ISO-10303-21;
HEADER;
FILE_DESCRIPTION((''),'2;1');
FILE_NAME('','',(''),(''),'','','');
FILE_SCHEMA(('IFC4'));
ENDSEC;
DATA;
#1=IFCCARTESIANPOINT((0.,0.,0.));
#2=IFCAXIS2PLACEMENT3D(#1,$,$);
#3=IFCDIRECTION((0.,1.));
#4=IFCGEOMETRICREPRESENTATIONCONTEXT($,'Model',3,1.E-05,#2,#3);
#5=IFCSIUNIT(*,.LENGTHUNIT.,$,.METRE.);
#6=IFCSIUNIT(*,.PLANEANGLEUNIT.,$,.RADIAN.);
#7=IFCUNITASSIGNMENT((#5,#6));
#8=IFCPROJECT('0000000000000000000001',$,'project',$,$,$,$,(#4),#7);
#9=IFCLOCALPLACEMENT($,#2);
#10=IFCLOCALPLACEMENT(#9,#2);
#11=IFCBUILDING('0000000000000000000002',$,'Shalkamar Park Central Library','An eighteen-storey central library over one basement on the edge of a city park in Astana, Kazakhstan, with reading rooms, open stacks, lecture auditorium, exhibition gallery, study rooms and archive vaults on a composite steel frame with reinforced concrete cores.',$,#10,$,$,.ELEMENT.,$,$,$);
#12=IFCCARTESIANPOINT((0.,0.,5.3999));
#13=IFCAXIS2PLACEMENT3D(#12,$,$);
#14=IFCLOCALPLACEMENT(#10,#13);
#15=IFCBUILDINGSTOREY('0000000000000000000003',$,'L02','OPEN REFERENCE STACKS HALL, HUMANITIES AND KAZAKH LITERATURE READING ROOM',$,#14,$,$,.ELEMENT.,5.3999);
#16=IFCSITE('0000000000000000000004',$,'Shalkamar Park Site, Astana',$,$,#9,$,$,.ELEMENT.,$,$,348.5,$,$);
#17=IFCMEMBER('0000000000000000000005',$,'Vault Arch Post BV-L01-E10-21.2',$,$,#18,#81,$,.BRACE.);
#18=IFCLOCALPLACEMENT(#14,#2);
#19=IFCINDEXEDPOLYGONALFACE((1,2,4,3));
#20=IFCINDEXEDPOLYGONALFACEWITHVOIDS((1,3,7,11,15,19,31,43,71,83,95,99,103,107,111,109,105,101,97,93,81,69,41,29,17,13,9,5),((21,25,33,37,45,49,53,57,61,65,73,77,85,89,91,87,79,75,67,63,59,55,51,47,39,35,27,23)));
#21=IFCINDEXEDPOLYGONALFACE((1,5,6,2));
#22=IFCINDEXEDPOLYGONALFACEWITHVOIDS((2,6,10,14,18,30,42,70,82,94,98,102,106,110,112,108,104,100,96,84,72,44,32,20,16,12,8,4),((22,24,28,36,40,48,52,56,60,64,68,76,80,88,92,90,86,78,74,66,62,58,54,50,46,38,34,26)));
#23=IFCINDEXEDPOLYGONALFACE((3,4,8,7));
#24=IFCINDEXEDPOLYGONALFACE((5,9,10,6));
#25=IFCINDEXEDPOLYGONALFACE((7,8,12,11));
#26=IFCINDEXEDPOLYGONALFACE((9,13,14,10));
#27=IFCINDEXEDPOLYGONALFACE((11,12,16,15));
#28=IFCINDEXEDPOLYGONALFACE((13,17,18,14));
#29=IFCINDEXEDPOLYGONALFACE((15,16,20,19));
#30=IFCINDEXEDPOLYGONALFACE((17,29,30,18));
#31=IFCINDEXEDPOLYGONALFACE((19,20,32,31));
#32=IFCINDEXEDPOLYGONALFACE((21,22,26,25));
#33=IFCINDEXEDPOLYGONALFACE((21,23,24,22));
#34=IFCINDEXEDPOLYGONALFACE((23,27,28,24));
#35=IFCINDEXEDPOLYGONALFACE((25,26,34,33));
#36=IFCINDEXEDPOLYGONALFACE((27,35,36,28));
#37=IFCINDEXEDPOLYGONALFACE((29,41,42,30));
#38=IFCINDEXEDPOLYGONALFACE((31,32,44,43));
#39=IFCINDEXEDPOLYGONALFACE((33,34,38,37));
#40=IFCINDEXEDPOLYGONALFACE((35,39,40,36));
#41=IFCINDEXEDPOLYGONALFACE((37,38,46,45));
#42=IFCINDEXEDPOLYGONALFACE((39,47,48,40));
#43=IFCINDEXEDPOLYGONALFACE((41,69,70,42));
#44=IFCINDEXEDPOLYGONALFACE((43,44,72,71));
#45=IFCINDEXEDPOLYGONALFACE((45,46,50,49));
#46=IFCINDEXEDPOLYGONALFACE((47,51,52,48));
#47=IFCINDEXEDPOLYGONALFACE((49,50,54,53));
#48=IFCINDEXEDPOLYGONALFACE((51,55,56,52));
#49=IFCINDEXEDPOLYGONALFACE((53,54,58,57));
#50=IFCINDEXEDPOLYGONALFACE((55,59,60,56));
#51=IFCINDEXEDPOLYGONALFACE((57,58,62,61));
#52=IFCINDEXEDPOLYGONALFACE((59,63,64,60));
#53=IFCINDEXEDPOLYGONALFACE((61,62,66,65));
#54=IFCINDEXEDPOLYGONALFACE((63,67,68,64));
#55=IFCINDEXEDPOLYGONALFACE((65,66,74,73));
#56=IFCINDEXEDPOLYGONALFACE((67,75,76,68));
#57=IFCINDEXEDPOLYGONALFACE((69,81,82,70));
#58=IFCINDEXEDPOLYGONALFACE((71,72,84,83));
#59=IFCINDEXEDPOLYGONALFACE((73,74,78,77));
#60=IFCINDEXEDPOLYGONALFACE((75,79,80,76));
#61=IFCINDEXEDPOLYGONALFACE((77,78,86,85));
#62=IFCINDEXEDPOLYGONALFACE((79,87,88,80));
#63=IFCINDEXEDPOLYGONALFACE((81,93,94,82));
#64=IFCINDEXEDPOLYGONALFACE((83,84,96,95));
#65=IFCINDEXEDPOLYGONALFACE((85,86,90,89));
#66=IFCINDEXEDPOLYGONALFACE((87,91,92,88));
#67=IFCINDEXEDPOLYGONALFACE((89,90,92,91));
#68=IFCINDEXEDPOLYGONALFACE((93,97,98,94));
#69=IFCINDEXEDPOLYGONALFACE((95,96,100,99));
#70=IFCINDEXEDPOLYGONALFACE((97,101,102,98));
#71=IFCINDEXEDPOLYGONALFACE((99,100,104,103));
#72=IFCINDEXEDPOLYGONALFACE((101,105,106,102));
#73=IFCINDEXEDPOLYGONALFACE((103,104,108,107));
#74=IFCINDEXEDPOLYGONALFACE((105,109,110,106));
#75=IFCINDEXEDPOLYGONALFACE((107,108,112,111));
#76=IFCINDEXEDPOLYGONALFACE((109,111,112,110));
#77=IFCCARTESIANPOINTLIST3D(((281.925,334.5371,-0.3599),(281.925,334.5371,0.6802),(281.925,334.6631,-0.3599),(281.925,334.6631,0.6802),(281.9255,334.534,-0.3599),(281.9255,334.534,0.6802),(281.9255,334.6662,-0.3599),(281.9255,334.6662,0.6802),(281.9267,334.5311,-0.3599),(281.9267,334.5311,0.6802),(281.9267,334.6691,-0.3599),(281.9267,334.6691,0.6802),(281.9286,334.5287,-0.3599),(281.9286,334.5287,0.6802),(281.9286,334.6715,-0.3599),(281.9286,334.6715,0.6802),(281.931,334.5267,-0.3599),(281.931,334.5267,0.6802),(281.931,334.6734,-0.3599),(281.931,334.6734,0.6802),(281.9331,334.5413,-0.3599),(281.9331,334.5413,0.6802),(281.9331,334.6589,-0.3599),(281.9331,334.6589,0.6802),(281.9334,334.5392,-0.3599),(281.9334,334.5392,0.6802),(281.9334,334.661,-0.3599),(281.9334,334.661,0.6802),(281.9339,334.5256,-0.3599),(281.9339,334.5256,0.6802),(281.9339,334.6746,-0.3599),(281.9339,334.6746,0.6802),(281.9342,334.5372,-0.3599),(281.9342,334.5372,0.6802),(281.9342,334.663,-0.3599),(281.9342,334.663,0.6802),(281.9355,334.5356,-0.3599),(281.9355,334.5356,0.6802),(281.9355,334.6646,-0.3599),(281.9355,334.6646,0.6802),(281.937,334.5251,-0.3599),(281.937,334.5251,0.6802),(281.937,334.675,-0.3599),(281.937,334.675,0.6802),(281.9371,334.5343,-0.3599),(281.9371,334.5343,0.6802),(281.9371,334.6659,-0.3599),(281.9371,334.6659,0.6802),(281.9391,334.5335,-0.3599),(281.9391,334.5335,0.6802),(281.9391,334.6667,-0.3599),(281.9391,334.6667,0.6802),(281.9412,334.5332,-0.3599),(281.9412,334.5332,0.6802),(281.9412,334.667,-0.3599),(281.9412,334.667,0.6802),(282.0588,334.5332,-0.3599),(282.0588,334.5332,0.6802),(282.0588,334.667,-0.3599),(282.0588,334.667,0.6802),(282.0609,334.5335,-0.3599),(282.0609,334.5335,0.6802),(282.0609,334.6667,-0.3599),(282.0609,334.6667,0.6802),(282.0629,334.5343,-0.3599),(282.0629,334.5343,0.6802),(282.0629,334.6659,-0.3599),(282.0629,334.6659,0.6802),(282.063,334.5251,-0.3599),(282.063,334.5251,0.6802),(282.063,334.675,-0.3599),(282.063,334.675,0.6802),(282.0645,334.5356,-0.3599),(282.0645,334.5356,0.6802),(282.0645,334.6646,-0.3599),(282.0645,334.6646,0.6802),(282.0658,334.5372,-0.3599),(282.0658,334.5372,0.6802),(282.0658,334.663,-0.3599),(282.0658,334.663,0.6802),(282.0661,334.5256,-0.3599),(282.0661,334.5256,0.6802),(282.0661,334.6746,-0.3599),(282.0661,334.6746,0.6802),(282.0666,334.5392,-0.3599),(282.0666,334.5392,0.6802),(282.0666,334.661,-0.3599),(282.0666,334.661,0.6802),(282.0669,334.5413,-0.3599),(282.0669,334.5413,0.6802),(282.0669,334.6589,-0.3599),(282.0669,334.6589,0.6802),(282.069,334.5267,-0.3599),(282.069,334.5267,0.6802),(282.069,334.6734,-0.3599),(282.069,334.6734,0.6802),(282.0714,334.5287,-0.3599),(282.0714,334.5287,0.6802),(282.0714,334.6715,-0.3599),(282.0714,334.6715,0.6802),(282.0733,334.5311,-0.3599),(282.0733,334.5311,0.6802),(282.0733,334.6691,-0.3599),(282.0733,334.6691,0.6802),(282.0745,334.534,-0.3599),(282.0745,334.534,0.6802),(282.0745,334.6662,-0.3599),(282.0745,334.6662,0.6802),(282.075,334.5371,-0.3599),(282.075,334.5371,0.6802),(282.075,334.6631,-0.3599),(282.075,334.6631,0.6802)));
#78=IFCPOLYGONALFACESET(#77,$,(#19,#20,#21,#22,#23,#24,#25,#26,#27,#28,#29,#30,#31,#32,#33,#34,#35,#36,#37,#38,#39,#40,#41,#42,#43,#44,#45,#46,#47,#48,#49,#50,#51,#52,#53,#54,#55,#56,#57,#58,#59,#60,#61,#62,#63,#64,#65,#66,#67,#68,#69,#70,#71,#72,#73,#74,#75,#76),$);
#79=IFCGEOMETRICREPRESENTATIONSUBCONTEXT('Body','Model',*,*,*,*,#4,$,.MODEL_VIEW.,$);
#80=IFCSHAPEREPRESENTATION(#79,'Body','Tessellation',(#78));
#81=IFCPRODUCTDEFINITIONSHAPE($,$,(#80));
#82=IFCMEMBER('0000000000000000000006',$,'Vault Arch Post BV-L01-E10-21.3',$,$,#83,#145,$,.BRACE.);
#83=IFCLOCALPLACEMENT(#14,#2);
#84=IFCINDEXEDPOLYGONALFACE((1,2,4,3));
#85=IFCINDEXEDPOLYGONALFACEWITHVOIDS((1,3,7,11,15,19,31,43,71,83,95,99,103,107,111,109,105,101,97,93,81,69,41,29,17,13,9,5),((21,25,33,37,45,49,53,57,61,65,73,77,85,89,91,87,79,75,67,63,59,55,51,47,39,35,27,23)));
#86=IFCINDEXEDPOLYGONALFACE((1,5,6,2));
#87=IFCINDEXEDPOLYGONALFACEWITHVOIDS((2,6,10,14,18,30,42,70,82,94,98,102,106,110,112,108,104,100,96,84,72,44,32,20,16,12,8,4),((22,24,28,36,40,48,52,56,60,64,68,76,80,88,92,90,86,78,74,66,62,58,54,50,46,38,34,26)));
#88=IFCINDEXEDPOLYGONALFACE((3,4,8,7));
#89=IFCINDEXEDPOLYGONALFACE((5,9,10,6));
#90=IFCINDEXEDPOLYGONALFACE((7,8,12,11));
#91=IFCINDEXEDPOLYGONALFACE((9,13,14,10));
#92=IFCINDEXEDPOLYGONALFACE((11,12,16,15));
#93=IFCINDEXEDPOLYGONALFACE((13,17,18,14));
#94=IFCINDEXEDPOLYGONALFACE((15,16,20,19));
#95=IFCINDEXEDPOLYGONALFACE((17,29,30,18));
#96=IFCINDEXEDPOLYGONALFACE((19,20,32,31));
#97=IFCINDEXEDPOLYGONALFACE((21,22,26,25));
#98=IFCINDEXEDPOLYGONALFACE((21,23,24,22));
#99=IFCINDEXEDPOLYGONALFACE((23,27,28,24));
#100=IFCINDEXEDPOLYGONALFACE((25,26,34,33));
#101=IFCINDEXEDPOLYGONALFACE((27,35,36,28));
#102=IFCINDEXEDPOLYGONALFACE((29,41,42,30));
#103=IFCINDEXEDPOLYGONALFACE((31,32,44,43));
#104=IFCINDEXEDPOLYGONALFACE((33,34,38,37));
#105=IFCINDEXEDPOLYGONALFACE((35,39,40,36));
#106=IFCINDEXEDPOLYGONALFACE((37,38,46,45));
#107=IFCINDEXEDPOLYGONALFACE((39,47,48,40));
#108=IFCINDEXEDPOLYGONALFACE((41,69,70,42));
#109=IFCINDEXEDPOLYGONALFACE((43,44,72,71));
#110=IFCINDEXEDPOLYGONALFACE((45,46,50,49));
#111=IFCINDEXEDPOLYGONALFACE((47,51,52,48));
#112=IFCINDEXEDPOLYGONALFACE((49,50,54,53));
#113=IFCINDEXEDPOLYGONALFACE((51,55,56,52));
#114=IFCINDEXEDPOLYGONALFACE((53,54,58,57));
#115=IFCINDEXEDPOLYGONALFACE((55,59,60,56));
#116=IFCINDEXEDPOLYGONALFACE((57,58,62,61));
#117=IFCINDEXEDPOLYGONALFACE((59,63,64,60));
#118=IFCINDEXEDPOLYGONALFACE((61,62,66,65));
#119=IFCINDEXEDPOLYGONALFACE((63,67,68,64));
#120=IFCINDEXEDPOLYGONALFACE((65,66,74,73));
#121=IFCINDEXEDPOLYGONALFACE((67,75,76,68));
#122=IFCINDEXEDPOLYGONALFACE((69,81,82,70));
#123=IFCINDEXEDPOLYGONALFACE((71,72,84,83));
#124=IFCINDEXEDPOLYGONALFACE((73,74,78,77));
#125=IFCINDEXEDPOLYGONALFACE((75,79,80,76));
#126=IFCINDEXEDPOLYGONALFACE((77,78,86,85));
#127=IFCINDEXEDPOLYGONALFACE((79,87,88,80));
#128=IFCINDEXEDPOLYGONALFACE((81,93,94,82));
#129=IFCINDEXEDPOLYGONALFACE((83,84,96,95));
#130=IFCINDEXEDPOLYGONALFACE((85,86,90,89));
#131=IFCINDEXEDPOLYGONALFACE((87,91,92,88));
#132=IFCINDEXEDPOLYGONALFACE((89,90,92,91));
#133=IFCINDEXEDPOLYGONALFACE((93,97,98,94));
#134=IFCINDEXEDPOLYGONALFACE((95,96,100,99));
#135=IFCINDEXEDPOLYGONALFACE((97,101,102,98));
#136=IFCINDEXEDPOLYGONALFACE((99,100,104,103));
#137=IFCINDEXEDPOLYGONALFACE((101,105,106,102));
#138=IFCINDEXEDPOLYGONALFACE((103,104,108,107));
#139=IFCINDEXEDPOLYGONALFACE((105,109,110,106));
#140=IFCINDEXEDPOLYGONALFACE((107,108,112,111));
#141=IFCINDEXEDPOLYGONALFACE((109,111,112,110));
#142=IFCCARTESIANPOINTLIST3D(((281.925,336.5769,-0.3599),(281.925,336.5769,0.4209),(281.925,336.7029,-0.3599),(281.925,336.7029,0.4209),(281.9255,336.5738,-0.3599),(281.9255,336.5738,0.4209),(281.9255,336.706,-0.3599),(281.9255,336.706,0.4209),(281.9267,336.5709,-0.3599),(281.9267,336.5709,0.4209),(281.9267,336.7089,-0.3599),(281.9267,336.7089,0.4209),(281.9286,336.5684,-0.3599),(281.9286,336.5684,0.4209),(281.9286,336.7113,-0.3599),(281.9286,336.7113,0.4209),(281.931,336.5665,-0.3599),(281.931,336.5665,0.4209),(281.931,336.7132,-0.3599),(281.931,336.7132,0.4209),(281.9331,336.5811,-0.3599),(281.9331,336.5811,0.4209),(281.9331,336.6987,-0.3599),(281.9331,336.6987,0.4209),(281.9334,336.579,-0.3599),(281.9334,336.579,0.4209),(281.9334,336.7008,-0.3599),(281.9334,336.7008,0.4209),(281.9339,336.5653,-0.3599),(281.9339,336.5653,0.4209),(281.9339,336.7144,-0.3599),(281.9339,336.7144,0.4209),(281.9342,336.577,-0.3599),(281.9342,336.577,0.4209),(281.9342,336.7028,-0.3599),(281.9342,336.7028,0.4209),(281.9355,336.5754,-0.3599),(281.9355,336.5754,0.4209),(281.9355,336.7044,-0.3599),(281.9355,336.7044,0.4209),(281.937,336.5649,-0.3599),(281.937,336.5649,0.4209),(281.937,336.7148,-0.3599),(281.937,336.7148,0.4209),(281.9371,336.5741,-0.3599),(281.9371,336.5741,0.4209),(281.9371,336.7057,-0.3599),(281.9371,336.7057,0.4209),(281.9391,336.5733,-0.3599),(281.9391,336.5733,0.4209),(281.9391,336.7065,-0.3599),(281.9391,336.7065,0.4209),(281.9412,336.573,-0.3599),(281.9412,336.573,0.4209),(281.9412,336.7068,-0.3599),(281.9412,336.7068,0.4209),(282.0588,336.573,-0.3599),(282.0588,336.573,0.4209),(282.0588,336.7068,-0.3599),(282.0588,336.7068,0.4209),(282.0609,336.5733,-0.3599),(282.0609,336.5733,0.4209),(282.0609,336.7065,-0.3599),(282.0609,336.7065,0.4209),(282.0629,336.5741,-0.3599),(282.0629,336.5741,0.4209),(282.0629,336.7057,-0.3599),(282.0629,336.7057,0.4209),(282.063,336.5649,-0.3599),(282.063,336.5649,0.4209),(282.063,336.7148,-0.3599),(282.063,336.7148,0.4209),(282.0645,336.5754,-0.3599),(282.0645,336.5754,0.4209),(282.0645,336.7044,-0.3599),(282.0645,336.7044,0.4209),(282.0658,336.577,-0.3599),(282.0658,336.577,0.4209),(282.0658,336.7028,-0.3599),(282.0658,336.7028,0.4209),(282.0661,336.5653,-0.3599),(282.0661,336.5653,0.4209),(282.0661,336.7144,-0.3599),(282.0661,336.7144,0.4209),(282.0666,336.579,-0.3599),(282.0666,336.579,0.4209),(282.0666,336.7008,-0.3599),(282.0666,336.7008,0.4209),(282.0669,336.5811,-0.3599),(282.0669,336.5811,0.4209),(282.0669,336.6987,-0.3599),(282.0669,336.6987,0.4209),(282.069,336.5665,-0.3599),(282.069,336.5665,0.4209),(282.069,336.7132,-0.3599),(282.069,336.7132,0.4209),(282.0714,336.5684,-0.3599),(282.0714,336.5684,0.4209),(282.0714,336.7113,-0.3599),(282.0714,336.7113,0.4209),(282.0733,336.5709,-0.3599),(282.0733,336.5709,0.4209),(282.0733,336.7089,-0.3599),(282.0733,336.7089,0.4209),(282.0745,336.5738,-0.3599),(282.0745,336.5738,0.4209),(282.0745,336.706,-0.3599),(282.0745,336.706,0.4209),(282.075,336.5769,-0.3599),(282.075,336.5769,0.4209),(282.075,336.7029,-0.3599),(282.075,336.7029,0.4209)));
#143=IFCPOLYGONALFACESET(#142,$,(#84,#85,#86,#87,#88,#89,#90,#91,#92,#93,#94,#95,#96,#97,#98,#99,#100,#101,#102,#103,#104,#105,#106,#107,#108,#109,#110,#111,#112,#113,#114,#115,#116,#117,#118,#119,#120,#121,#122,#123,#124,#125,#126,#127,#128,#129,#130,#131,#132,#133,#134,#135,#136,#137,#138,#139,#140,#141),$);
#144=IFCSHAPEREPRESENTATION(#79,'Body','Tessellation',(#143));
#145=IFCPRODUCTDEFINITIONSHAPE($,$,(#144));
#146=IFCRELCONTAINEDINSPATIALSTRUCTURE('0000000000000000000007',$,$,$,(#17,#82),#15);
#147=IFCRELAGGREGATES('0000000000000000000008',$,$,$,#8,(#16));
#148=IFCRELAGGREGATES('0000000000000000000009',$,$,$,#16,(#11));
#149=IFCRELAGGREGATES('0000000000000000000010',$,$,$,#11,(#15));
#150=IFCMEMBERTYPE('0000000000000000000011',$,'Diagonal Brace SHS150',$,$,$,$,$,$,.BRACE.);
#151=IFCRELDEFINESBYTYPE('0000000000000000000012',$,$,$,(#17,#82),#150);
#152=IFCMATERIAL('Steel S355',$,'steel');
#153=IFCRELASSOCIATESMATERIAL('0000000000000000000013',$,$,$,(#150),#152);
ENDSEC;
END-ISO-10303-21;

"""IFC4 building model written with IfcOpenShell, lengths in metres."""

from ifc_helpers import new_model, si_unit, direction, frame, origin, origin_2d, place, context, subcontext, project, spatial, hollow_rectangle, extrude, material, material_profile, profile_set, type_object, element, save


model = new_model("IFC4")

# Units and contexts
model_context = context("Model", 3, precision=1e-05, world=origin(), true_north=direction((0.0, 1.0)))
body_context = subcontext(model_context, "Body", "Model", "MODEL_VIEW")
ifc_project = project(units=[si_unit("LENGTHUNIT", "METRE"), si_unit("PLANEANGLEUNIT", "RADIAN")], contexts=[model_context])

# Site, building, storey
site_placement = place(None, origin())
site = spatial("IfcSite", under=ifc_project, at=site_placement, Name="Shalkamar Park Site, Astana", CompositionType="ELEMENT", RefElevation=348.5)
building_placement = place(site_placement, origin())
building = spatial("IfcBuilding", under=site, at=building_placement, Name="Shalkamar Park Central Library", Description="An eighteen-storey central library over one basement on the edge of a city park in Astana, Kazakhstan, with reading rooms, open stacks, lecture auditorium, exhibition gallery, study rooms and archive vaults on a composite steel frame with reinforced concrete cores.", CompositionType="ELEMENT")
storey_placement = place(building_placement, frame((0.0, 0.0, 5.3999)))
storey = spatial("IfcBuildingStorey", under=building, at=storey_placement, Name="L02", Description="OPEN REFERENCE STACKS HALL, HUMANITIES AND KAZAKH LITERATURE READING ROOM", CompositionType="ELEMENT", Elevation=5.3999)

# Shared definitions
ifc_material_1 = material(Name="Steel S355", Category="steel")

# Members
ifc_material_profile_1 = material_profile(ifc_material_1, hollow_rectangle(XDim=0.1499, YDim=0.1499, WallThickness=0.0081, InnerFilletRadius=0.0081, OuterFilletRadius=0.012, at=origin_2d()), Name="SHS 150x150x8")
ifc_profile_set_1 = profile_set([ifc_material_profile_1], Name="Steel S355")
member_type_1 = type_object("IfcMemberType", Name="Diagonal Brace SHS150", PredefinedType="BRACE", material=ifc_profile_set_1)
member_1_placement = place(storey_placement, frame((282.0, 334.6001, -0.3599), z_axis=(0.0, 0.0, 1.0), x_axis=(1.0, 0.0, 0.0)))
element("IfcMember", 1, at=member_1_placement, inside=storey, type_object=member_type_1, Name="Vault Arch Post BV-L01-E10-21.2", PredefinedType="BRACE", context=body_context, shape_type="SweptSolid", body=[
    extrude(hollow_rectangle(XDim=0.1499, YDim=0.1499, WallThickness=0.0081, InnerFilletRadius=0.0081, OuterFilletRadius=0.012, at=origin_2d()), origin(), (0.0, 0.0, 1.0), 1.04),
])
for number, where, z_axis, x_axis, name in (
    (2, (282.0, 336.6399, -0.3599), (0.0, 0.0, 1.0), (1.0, 0.0, 0.0), "Vault Arch Post BV-L01-E10-21.3"),
):
    element("IfcMember", number, at=place(storey_placement, frame(where, z_axis=z_axis, x_axis=x_axis)), inside=storey, type_object=member_type_1, Name=name, PredefinedType="BRACE", context=body_context, shape_type="SweptSolid", body=[
        extrude(hollow_rectangle(XDim=0.1499, YDim=0.1499, WallThickness=0.0081, InnerFilletRadius=0.0081, OuterFilletRadius=0.012, at=origin_2d()), origin(), (0.0, 0.0, 1.0), 0.7808),
    ])

save(model, "model.ifc")
